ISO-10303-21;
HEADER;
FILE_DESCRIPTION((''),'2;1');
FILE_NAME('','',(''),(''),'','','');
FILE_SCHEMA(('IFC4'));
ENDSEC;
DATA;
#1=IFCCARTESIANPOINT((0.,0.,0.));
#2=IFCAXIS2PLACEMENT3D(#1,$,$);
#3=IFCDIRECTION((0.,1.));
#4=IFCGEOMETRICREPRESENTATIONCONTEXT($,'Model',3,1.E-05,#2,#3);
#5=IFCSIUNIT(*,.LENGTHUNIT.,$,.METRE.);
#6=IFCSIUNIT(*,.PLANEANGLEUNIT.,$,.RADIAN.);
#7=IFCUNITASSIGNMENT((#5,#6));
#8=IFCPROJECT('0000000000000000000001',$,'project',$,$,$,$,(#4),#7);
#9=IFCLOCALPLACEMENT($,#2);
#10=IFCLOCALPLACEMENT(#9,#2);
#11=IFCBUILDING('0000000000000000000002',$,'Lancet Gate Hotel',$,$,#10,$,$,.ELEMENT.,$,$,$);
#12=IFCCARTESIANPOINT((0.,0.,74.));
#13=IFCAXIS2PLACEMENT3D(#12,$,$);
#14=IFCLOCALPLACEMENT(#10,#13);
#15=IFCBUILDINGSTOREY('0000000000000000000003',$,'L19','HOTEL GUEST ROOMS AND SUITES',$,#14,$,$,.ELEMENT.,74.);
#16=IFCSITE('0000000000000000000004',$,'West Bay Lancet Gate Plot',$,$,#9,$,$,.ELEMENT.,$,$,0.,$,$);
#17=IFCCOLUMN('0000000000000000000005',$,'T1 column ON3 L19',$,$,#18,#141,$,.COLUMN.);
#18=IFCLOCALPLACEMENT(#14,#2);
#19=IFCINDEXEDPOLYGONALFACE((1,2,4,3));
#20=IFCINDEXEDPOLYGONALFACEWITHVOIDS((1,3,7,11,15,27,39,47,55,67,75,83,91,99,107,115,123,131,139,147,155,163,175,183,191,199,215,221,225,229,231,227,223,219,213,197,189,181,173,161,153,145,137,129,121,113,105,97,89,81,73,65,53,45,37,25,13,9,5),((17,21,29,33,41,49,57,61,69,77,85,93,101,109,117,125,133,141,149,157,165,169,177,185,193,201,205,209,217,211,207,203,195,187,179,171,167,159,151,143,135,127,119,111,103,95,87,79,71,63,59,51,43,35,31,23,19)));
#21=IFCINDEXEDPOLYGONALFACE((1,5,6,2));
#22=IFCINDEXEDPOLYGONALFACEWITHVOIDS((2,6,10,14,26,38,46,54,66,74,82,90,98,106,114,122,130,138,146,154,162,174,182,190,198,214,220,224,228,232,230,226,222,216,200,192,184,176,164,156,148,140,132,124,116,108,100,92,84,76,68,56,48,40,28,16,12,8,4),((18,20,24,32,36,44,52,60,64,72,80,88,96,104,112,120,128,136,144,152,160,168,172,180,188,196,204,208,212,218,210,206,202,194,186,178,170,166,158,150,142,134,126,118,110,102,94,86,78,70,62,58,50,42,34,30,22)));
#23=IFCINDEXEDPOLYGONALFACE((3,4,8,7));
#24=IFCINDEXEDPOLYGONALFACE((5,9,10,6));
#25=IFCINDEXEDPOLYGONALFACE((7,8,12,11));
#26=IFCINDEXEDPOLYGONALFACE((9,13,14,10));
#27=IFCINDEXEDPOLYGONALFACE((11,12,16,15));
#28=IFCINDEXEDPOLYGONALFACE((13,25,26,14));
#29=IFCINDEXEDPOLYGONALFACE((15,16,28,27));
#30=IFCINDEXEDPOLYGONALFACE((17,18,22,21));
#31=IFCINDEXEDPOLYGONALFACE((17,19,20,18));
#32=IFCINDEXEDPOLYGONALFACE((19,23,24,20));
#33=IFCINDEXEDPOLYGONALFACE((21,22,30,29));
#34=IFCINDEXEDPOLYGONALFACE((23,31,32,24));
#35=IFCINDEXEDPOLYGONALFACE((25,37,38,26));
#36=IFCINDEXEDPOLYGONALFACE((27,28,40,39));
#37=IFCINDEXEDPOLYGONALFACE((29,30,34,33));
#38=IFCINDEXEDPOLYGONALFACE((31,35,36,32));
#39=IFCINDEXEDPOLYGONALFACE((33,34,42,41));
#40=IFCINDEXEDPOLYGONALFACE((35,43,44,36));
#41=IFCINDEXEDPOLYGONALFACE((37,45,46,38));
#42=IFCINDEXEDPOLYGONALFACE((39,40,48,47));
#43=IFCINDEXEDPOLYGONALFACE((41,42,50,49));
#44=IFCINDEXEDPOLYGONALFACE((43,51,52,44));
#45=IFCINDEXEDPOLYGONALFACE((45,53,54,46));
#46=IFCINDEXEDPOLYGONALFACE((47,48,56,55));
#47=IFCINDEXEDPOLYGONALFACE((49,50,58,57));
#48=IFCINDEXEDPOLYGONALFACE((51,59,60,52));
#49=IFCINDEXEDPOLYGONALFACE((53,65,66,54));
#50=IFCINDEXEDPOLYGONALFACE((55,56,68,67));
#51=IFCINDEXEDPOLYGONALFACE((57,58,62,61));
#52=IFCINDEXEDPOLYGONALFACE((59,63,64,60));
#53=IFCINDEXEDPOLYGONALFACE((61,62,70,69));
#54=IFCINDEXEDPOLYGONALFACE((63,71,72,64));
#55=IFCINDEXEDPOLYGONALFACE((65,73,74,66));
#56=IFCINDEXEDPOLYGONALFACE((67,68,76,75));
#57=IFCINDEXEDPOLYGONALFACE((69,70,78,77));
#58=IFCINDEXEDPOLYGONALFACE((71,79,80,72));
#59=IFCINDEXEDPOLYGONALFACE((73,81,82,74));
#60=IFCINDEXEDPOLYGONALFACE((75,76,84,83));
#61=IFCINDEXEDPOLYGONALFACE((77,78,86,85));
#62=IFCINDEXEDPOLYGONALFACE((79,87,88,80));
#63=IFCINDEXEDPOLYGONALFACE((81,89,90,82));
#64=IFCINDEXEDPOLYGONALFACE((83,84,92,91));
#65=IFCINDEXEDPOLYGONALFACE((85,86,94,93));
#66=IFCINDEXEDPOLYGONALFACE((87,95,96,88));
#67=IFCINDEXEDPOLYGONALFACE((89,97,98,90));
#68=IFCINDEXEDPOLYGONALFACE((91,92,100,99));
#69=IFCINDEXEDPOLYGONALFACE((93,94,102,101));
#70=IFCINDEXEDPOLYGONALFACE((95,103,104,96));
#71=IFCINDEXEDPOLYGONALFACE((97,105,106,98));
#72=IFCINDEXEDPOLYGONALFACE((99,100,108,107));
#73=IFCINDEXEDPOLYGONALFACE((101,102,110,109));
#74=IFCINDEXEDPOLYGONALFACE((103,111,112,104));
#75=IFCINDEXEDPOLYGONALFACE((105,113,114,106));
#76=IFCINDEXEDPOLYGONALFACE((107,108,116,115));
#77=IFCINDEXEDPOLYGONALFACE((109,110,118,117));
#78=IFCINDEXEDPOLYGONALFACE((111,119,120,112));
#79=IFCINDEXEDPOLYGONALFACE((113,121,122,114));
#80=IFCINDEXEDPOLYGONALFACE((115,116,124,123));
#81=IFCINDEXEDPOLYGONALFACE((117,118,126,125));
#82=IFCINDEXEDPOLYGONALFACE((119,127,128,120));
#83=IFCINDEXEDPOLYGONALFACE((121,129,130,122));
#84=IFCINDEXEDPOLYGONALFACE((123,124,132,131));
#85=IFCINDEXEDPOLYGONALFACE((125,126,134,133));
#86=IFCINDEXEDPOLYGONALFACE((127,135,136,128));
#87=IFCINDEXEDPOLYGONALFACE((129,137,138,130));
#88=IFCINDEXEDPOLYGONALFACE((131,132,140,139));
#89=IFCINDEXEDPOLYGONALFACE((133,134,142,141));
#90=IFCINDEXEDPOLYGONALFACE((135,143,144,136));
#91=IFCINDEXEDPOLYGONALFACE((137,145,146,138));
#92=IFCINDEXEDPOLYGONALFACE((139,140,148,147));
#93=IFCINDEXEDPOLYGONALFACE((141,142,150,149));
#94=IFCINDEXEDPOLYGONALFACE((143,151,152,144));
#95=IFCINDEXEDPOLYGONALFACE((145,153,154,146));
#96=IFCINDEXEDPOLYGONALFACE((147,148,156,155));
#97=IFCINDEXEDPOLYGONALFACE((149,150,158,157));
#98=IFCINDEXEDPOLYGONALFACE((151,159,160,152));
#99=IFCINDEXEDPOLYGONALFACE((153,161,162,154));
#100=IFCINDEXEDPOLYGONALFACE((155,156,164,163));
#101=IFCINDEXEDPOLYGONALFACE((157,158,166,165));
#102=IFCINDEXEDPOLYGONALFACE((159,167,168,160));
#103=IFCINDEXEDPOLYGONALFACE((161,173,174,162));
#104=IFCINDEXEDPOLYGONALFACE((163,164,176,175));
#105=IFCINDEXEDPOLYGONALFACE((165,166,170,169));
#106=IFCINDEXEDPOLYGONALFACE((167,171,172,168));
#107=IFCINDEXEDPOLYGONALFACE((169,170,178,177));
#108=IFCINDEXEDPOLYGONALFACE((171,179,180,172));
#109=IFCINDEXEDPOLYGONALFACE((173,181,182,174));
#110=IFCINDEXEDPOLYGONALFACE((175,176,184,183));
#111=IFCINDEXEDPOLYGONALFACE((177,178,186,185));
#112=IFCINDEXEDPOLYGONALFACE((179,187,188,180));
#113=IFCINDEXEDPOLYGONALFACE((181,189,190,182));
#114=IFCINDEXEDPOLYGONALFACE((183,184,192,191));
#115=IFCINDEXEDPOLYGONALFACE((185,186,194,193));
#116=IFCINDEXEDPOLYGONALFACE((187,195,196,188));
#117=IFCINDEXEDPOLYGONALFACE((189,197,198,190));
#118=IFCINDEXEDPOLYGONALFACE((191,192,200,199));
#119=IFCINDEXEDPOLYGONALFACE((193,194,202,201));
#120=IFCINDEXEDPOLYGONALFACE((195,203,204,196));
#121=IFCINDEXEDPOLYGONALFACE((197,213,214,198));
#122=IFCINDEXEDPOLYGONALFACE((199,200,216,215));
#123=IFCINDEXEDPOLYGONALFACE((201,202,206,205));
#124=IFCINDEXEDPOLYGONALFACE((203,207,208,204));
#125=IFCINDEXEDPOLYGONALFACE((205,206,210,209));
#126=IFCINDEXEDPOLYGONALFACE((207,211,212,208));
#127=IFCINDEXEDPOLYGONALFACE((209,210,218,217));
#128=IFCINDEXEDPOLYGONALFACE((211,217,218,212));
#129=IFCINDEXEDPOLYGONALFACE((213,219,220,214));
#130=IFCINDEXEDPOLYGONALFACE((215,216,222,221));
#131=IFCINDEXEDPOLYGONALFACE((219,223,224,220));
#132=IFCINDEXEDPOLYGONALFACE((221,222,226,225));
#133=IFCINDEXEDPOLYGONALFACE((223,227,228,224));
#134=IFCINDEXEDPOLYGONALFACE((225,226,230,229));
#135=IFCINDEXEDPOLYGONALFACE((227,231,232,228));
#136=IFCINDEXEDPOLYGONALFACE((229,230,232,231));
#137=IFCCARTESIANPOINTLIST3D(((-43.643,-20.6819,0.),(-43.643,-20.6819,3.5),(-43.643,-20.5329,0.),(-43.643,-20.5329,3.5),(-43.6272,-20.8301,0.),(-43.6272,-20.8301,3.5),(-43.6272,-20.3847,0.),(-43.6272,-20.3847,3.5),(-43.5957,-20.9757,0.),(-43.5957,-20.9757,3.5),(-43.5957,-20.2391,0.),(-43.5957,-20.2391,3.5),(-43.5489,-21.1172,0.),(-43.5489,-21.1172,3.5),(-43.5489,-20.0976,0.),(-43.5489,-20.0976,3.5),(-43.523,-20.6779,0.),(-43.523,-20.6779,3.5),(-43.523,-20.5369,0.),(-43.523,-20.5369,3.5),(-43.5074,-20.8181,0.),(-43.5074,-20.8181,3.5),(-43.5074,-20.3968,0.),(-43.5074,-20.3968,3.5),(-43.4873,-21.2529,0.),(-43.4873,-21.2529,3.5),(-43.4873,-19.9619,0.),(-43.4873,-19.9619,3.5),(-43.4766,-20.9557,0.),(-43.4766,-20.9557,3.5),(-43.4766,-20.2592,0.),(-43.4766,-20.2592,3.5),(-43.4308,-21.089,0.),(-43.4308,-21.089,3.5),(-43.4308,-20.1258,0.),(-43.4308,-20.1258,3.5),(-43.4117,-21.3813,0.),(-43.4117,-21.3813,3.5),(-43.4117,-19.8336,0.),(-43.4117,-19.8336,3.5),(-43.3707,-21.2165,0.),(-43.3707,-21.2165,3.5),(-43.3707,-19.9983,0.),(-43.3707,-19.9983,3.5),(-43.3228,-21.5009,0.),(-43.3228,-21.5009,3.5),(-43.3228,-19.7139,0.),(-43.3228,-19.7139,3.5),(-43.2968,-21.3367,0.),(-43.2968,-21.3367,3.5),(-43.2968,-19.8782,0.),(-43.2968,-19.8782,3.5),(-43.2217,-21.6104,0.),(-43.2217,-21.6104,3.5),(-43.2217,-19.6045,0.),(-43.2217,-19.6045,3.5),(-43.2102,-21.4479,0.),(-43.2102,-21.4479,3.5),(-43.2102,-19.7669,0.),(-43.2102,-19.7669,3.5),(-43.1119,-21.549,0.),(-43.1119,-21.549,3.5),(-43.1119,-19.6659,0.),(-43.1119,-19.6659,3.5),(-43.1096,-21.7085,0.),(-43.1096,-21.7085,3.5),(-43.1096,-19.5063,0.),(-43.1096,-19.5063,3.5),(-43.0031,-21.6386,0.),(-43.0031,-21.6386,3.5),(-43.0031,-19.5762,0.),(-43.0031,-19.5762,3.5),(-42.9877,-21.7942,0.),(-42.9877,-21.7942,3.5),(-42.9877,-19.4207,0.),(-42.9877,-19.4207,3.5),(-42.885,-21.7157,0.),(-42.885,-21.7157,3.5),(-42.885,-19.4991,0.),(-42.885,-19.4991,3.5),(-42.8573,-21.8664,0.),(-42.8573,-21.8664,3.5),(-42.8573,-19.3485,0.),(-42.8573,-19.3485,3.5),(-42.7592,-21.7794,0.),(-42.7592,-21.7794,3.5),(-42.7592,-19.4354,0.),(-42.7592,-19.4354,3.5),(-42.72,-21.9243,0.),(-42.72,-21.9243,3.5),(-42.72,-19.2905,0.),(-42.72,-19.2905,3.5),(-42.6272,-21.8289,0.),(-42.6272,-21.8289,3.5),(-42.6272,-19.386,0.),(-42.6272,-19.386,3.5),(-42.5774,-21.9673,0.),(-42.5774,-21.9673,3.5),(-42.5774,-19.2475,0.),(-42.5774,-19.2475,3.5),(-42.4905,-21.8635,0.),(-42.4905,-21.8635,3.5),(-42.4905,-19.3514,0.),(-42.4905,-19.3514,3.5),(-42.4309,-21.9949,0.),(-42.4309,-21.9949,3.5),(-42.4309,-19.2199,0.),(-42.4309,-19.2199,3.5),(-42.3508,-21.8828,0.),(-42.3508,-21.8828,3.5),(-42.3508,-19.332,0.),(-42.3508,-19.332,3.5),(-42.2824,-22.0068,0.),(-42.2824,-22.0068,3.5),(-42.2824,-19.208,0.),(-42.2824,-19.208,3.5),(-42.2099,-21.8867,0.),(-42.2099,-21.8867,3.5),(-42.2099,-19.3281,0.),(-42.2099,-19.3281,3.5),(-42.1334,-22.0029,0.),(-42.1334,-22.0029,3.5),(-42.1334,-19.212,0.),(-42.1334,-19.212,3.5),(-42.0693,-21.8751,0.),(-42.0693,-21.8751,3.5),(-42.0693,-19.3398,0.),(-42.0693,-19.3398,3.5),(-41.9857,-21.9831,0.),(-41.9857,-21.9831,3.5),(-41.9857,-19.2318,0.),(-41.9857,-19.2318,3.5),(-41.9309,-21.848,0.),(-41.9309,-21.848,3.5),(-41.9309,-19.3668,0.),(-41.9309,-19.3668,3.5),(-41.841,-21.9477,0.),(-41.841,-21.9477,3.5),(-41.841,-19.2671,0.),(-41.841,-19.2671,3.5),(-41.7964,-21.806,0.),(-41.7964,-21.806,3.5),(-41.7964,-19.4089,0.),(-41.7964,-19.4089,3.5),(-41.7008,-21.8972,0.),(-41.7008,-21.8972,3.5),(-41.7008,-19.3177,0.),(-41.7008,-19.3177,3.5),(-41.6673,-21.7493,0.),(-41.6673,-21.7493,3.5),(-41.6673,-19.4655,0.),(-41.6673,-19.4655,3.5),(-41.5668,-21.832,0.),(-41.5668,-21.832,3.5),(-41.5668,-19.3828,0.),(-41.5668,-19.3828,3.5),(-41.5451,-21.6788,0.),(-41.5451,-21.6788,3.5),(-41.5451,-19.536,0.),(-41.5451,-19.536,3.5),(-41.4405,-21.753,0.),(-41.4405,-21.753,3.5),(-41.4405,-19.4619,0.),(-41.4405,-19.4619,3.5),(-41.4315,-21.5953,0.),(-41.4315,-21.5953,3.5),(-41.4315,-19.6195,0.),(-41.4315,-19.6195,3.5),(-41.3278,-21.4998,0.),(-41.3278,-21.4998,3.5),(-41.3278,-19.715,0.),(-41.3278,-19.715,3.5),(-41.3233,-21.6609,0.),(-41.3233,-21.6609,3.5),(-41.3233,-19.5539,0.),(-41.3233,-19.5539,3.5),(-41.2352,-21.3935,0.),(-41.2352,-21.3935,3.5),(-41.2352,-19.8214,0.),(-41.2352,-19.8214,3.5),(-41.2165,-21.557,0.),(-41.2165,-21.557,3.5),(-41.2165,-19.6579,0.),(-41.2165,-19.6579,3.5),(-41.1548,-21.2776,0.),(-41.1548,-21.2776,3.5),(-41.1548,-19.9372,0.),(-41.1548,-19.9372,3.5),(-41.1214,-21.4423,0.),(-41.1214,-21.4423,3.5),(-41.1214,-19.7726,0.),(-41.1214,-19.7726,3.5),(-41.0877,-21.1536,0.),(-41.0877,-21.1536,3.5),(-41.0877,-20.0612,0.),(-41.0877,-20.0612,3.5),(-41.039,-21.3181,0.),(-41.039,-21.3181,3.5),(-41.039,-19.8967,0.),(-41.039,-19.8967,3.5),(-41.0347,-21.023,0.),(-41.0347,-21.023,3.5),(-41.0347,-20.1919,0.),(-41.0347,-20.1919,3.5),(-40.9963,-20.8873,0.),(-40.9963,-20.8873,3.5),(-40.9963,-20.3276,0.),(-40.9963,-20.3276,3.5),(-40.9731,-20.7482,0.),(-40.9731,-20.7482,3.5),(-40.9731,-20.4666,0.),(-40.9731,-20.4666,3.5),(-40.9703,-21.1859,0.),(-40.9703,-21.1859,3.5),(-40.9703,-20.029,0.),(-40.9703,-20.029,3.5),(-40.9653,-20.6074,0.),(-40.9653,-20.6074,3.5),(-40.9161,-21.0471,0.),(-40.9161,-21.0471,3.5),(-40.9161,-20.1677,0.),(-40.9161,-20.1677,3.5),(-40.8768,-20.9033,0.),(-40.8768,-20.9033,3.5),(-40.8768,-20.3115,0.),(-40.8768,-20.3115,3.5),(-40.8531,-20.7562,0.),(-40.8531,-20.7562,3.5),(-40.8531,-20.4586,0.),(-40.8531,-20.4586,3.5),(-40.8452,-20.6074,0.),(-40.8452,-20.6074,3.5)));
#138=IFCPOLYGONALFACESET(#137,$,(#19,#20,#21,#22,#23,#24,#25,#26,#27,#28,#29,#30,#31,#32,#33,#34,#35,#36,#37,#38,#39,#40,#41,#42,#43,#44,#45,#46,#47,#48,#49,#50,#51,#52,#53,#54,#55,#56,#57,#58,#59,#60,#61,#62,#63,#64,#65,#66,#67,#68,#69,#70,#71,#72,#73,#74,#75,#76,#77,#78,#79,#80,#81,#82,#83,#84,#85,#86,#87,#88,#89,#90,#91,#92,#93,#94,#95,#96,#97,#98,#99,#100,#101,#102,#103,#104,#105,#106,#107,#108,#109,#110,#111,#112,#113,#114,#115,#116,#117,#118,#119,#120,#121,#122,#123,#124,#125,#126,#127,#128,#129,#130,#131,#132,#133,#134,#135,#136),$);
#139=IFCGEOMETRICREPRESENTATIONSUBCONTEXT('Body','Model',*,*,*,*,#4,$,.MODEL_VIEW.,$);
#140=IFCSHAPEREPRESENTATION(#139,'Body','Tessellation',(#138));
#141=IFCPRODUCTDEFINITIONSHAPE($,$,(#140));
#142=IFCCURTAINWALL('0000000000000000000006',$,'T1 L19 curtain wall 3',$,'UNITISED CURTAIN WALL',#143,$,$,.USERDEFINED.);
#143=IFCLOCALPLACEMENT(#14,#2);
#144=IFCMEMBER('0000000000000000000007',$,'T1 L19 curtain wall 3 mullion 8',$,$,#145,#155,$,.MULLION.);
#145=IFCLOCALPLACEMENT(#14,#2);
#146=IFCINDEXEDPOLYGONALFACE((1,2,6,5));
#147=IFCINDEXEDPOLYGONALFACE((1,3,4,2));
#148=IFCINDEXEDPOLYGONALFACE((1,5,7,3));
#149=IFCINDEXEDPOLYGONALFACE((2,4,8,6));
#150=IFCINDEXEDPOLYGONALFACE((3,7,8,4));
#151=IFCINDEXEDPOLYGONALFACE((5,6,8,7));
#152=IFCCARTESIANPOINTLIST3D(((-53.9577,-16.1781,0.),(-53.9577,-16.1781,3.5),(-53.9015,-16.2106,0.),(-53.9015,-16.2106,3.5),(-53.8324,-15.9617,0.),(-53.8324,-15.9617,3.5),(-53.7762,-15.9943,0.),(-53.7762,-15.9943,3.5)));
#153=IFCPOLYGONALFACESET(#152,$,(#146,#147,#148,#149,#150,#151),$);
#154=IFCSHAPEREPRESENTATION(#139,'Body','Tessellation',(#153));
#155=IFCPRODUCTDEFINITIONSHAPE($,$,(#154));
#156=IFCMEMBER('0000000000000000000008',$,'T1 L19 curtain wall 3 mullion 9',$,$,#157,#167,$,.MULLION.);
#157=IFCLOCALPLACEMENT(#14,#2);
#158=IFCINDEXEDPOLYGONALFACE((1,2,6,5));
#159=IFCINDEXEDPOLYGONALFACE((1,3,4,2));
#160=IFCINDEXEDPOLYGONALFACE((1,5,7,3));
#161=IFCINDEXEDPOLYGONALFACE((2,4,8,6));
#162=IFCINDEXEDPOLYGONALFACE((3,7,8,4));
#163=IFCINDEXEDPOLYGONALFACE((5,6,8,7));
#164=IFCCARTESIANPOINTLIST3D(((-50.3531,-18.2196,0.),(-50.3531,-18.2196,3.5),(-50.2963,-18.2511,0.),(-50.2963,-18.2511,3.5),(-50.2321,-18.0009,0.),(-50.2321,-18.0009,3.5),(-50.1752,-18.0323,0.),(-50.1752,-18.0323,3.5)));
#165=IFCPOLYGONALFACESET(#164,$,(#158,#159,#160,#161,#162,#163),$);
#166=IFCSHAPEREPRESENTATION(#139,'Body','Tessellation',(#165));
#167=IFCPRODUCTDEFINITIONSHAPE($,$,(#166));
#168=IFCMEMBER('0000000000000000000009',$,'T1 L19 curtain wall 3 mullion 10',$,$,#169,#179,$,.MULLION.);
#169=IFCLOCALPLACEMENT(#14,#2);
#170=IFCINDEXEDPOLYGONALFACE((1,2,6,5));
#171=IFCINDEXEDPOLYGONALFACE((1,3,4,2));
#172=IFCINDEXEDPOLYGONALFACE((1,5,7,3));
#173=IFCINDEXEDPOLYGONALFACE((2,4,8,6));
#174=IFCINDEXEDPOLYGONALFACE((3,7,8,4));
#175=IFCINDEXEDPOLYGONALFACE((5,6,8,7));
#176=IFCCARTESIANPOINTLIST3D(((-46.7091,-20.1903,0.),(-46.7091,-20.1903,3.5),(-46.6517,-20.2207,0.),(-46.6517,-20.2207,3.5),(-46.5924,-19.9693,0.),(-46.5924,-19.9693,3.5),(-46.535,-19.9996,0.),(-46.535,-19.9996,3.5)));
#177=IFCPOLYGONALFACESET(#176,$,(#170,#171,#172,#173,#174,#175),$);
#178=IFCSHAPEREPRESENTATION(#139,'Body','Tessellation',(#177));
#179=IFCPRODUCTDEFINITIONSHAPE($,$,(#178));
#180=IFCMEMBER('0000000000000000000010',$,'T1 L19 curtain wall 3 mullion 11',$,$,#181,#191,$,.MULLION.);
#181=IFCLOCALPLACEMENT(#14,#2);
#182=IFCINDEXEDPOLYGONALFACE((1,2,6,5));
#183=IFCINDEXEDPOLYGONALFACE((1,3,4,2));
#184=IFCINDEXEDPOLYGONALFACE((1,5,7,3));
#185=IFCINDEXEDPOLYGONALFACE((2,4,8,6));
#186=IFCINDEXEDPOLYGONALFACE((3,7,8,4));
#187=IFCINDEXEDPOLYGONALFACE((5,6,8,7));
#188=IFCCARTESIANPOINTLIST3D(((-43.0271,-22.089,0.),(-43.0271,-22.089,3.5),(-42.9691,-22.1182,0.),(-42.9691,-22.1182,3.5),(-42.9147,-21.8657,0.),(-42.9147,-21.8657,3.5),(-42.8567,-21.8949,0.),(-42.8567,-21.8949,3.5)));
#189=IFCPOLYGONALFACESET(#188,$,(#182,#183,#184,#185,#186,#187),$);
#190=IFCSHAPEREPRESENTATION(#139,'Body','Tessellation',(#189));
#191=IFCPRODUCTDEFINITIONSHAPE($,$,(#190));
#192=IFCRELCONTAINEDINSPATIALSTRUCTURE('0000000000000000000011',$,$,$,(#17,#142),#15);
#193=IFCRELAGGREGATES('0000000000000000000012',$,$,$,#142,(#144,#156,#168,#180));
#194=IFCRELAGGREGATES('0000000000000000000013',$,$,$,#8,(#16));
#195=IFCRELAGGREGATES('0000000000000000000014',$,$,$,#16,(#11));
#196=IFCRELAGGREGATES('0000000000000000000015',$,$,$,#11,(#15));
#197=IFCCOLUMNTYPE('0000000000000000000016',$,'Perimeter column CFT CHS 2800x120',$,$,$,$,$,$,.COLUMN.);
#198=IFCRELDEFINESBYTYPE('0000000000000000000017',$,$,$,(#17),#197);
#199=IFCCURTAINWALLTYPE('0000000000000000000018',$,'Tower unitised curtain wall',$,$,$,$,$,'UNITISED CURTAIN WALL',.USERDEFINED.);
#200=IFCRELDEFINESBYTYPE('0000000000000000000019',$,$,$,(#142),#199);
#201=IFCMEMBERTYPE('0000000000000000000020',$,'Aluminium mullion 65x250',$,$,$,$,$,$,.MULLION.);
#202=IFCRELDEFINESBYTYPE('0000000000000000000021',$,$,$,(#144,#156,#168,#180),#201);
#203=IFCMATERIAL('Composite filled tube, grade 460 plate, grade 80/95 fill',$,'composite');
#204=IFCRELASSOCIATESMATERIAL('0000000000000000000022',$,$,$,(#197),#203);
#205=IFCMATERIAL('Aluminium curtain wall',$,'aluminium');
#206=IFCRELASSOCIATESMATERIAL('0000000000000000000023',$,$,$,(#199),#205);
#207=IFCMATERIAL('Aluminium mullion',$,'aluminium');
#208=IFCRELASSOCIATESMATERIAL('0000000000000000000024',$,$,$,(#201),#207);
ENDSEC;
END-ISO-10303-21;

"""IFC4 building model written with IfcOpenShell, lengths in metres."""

from ifc_helpers import new_model, si_unit, direction, frame, origin, origin_2d, place, context, subcontext, project, spatial, rectangle, hollow_circle, extrude, material, material_profile, profile_set, type_object, element, aggregate, save


model = new_model("IFC4")

# Units and contexts
model_context = context("Model", 3, precision=1e-05, world=origin(), true_north=direction((0.0, 1.0)))
body_context = subcontext(model_context, "Body", "Model", "MODEL_VIEW")
ifc_project = project(units=[si_unit("LENGTHUNIT", "METRE"), si_unit("PLANEANGLEUNIT", "RADIAN")], contexts=[model_context])

# Site, building, storey
site_placement = place(None, origin())
site = spatial("IfcSite", under=ifc_project, at=site_placement, Name="West Bay Lancet Gate Plot", CompositionType="ELEMENT", RefElevation=0.0)
building_placement = place(site_placement, origin())
building = spatial("IfcBuilding", under=site, at=building_placement, Name="Lancet Gate Hotel", CompositionType="ELEMENT")
storey_placement = place(building_placement, frame((0.0, 0.0, 74.0)))
storey = spatial("IfcBuildingStorey", under=building, at=storey_placement, Name="L19", Description="HOTEL GUEST ROOMS AND SUITES", CompositionType="ELEMENT", Elevation=74.0)

# Column
ifc_material_1 = material(Name="Composite filled tube, grade 460 plate, grade 80/95 fill", Category="composite")
ifc_material_profile_1 = material_profile(ifc_material_1, hollow_circle(Radius=1.3999, WallThickness=0.1201, at=origin_2d()), Name="CHS 2800x120")
ifc_profile_set_1 = profile_set([ifc_material_profile_1], Name="Composite filled tube, grade 460 plate, grade 80/95 fill")
column_type = type_object("IfcColumnType", Name="Perimeter column CFT CHS 2800x120", PredefinedType="COLUMN", material=ifc_profile_set_1)
for number, where, z_axis, x_axis, name in (
    (1, (-42.2451, -20.6074, 0.0), (0.0, 0.0, 1.0), (1.0, 0.0, 0.0), "T1 column ON3 L19"),
):
    element("IfcColumn", number, at=place(storey_placement, frame(where, z_axis=z_axis, x_axis=x_axis)), inside=storey, type_object=column_type, Name=name, PredefinedType="COLUMN", context=body_context, shape_type="SweptSolid", body=[
        extrude(hollow_circle(Radius=1.3999, WallThickness=0.1201, at=origin_2d()), origin(), (0.0, 0.0, 1.0), 3.5),
    ])

# Curtain wall, members
ifc_material_2 = material(Name="Aluminium curtain wall", Category="aluminium")
curtain_wall_type = type_object("IfcCurtainWallType", Name="Tower unitised curtain wall", ElementType="UNITISED CURTAIN WALL", PredefinedType="USERDEFINED", material=ifc_material_2)
curtain_wall_placement = place(storey_placement, origin())
curtain_wall = element("IfcCurtainWall", 2, at=curtain_wall_placement, inside=storey, type_object=curtain_wall_type, Name="T1 L19 curtain wall 3", ObjectType="UNITISED CURTAIN WALL", PredefinedType="USERDEFINED")
ifc_material_3 = material(Name="Aluminium mullion", Category="aluminium")
ifc_material_profile_2 = material_profile(ifc_material_3, rectangle(XDim=0.0649, YDim=0.25, at=origin_2d()), Name="MULLION 65x250")
ifc_profile_set_2 = profile_set([ifc_material_profile_2], Name="Aluminium mullion")
member_type_1 = type_object("IfcMemberType", Name="Aluminium mullion 65x250", PredefinedType="MULLION", material=ifc_profile_set_2)
member_1_placement = place(storey_placement, frame((-53.8669, -16.0862, 0.0), z_axis=(0.0, 0.0, 1.0), x_axis=(0.865335, -0.501194, 0.0)))
member_1 = element("IfcMember", 3, at=member_1_placement, type_object=member_type_1, Name="T1 L19 curtain wall 3 mullion 8", PredefinedType="MULLION", context=body_context, shape_type="SweptSolid", body=[
    extrude(rectangle(XDim=0.0649, YDim=0.25, at=origin_2d()), origin(), (0.0, 0.0, 1.0), 3.5),
])
member_2_placement = place(storey_placement, frame((-50.2642, -18.126, 0.0), z_axis=(0.0, 0.0, 1.0), x_axis=(0.874991, -0.484139, 0.0)))
member_2 = element("IfcMember", 4, at=member_2_placement, type_object=member_type_1, Name="T1 L19 curtain wall 3 mullion 9", PredefinedType="MULLION", context=body_context, shape_type="SweptSolid", body=[
    extrude(rectangle(XDim=0.0649, YDim=0.25, at=origin_2d()), origin(), (0.0, 0.0, 1.0), 3.5),
])
member_3_placement = place(storey_placement, frame((-46.6221, -20.095, 0.0), z_axis=(0.0, 0.0, 1.0), x_axis=(0.884311, -0.466898, 0.0)))
member_3 = element("IfcMember", 5, at=member_3_placement, type_object=member_type_1, Name="T1 L19 curtain wall 3 mullion 10", PredefinedType="MULLION", context=body_context, shape_type="SweptSolid", body=[
    extrude(rectangle(XDim=0.0649, YDim=0.25, at=origin_2d()), origin(), (0.0, 0.0, 1.0), 3.5),
])
member_4_placement = place(storey_placement, frame((-42.9419, -21.9919, 0.0), z_axis=(0.0, 0.0, 1.0), x_axis=(0.893292, -0.449478, 0.0)))
member_4 = element("IfcMember", 6, at=member_4_placement, type_object=member_type_1, Name="T1 L19 curtain wall 3 mullion 11", PredefinedType="MULLION", context=body_context, shape_type="SweptSolid", body=[
    extrude(rectangle(XDim=0.0649, YDim=0.25, at=origin_2d()), origin(), (0.0, 0.0, 1.0), 3.5),
])

aggregate(curtain_wall, [member_1, member_2, member_3, member_4])

save(model, "model.ifc")
